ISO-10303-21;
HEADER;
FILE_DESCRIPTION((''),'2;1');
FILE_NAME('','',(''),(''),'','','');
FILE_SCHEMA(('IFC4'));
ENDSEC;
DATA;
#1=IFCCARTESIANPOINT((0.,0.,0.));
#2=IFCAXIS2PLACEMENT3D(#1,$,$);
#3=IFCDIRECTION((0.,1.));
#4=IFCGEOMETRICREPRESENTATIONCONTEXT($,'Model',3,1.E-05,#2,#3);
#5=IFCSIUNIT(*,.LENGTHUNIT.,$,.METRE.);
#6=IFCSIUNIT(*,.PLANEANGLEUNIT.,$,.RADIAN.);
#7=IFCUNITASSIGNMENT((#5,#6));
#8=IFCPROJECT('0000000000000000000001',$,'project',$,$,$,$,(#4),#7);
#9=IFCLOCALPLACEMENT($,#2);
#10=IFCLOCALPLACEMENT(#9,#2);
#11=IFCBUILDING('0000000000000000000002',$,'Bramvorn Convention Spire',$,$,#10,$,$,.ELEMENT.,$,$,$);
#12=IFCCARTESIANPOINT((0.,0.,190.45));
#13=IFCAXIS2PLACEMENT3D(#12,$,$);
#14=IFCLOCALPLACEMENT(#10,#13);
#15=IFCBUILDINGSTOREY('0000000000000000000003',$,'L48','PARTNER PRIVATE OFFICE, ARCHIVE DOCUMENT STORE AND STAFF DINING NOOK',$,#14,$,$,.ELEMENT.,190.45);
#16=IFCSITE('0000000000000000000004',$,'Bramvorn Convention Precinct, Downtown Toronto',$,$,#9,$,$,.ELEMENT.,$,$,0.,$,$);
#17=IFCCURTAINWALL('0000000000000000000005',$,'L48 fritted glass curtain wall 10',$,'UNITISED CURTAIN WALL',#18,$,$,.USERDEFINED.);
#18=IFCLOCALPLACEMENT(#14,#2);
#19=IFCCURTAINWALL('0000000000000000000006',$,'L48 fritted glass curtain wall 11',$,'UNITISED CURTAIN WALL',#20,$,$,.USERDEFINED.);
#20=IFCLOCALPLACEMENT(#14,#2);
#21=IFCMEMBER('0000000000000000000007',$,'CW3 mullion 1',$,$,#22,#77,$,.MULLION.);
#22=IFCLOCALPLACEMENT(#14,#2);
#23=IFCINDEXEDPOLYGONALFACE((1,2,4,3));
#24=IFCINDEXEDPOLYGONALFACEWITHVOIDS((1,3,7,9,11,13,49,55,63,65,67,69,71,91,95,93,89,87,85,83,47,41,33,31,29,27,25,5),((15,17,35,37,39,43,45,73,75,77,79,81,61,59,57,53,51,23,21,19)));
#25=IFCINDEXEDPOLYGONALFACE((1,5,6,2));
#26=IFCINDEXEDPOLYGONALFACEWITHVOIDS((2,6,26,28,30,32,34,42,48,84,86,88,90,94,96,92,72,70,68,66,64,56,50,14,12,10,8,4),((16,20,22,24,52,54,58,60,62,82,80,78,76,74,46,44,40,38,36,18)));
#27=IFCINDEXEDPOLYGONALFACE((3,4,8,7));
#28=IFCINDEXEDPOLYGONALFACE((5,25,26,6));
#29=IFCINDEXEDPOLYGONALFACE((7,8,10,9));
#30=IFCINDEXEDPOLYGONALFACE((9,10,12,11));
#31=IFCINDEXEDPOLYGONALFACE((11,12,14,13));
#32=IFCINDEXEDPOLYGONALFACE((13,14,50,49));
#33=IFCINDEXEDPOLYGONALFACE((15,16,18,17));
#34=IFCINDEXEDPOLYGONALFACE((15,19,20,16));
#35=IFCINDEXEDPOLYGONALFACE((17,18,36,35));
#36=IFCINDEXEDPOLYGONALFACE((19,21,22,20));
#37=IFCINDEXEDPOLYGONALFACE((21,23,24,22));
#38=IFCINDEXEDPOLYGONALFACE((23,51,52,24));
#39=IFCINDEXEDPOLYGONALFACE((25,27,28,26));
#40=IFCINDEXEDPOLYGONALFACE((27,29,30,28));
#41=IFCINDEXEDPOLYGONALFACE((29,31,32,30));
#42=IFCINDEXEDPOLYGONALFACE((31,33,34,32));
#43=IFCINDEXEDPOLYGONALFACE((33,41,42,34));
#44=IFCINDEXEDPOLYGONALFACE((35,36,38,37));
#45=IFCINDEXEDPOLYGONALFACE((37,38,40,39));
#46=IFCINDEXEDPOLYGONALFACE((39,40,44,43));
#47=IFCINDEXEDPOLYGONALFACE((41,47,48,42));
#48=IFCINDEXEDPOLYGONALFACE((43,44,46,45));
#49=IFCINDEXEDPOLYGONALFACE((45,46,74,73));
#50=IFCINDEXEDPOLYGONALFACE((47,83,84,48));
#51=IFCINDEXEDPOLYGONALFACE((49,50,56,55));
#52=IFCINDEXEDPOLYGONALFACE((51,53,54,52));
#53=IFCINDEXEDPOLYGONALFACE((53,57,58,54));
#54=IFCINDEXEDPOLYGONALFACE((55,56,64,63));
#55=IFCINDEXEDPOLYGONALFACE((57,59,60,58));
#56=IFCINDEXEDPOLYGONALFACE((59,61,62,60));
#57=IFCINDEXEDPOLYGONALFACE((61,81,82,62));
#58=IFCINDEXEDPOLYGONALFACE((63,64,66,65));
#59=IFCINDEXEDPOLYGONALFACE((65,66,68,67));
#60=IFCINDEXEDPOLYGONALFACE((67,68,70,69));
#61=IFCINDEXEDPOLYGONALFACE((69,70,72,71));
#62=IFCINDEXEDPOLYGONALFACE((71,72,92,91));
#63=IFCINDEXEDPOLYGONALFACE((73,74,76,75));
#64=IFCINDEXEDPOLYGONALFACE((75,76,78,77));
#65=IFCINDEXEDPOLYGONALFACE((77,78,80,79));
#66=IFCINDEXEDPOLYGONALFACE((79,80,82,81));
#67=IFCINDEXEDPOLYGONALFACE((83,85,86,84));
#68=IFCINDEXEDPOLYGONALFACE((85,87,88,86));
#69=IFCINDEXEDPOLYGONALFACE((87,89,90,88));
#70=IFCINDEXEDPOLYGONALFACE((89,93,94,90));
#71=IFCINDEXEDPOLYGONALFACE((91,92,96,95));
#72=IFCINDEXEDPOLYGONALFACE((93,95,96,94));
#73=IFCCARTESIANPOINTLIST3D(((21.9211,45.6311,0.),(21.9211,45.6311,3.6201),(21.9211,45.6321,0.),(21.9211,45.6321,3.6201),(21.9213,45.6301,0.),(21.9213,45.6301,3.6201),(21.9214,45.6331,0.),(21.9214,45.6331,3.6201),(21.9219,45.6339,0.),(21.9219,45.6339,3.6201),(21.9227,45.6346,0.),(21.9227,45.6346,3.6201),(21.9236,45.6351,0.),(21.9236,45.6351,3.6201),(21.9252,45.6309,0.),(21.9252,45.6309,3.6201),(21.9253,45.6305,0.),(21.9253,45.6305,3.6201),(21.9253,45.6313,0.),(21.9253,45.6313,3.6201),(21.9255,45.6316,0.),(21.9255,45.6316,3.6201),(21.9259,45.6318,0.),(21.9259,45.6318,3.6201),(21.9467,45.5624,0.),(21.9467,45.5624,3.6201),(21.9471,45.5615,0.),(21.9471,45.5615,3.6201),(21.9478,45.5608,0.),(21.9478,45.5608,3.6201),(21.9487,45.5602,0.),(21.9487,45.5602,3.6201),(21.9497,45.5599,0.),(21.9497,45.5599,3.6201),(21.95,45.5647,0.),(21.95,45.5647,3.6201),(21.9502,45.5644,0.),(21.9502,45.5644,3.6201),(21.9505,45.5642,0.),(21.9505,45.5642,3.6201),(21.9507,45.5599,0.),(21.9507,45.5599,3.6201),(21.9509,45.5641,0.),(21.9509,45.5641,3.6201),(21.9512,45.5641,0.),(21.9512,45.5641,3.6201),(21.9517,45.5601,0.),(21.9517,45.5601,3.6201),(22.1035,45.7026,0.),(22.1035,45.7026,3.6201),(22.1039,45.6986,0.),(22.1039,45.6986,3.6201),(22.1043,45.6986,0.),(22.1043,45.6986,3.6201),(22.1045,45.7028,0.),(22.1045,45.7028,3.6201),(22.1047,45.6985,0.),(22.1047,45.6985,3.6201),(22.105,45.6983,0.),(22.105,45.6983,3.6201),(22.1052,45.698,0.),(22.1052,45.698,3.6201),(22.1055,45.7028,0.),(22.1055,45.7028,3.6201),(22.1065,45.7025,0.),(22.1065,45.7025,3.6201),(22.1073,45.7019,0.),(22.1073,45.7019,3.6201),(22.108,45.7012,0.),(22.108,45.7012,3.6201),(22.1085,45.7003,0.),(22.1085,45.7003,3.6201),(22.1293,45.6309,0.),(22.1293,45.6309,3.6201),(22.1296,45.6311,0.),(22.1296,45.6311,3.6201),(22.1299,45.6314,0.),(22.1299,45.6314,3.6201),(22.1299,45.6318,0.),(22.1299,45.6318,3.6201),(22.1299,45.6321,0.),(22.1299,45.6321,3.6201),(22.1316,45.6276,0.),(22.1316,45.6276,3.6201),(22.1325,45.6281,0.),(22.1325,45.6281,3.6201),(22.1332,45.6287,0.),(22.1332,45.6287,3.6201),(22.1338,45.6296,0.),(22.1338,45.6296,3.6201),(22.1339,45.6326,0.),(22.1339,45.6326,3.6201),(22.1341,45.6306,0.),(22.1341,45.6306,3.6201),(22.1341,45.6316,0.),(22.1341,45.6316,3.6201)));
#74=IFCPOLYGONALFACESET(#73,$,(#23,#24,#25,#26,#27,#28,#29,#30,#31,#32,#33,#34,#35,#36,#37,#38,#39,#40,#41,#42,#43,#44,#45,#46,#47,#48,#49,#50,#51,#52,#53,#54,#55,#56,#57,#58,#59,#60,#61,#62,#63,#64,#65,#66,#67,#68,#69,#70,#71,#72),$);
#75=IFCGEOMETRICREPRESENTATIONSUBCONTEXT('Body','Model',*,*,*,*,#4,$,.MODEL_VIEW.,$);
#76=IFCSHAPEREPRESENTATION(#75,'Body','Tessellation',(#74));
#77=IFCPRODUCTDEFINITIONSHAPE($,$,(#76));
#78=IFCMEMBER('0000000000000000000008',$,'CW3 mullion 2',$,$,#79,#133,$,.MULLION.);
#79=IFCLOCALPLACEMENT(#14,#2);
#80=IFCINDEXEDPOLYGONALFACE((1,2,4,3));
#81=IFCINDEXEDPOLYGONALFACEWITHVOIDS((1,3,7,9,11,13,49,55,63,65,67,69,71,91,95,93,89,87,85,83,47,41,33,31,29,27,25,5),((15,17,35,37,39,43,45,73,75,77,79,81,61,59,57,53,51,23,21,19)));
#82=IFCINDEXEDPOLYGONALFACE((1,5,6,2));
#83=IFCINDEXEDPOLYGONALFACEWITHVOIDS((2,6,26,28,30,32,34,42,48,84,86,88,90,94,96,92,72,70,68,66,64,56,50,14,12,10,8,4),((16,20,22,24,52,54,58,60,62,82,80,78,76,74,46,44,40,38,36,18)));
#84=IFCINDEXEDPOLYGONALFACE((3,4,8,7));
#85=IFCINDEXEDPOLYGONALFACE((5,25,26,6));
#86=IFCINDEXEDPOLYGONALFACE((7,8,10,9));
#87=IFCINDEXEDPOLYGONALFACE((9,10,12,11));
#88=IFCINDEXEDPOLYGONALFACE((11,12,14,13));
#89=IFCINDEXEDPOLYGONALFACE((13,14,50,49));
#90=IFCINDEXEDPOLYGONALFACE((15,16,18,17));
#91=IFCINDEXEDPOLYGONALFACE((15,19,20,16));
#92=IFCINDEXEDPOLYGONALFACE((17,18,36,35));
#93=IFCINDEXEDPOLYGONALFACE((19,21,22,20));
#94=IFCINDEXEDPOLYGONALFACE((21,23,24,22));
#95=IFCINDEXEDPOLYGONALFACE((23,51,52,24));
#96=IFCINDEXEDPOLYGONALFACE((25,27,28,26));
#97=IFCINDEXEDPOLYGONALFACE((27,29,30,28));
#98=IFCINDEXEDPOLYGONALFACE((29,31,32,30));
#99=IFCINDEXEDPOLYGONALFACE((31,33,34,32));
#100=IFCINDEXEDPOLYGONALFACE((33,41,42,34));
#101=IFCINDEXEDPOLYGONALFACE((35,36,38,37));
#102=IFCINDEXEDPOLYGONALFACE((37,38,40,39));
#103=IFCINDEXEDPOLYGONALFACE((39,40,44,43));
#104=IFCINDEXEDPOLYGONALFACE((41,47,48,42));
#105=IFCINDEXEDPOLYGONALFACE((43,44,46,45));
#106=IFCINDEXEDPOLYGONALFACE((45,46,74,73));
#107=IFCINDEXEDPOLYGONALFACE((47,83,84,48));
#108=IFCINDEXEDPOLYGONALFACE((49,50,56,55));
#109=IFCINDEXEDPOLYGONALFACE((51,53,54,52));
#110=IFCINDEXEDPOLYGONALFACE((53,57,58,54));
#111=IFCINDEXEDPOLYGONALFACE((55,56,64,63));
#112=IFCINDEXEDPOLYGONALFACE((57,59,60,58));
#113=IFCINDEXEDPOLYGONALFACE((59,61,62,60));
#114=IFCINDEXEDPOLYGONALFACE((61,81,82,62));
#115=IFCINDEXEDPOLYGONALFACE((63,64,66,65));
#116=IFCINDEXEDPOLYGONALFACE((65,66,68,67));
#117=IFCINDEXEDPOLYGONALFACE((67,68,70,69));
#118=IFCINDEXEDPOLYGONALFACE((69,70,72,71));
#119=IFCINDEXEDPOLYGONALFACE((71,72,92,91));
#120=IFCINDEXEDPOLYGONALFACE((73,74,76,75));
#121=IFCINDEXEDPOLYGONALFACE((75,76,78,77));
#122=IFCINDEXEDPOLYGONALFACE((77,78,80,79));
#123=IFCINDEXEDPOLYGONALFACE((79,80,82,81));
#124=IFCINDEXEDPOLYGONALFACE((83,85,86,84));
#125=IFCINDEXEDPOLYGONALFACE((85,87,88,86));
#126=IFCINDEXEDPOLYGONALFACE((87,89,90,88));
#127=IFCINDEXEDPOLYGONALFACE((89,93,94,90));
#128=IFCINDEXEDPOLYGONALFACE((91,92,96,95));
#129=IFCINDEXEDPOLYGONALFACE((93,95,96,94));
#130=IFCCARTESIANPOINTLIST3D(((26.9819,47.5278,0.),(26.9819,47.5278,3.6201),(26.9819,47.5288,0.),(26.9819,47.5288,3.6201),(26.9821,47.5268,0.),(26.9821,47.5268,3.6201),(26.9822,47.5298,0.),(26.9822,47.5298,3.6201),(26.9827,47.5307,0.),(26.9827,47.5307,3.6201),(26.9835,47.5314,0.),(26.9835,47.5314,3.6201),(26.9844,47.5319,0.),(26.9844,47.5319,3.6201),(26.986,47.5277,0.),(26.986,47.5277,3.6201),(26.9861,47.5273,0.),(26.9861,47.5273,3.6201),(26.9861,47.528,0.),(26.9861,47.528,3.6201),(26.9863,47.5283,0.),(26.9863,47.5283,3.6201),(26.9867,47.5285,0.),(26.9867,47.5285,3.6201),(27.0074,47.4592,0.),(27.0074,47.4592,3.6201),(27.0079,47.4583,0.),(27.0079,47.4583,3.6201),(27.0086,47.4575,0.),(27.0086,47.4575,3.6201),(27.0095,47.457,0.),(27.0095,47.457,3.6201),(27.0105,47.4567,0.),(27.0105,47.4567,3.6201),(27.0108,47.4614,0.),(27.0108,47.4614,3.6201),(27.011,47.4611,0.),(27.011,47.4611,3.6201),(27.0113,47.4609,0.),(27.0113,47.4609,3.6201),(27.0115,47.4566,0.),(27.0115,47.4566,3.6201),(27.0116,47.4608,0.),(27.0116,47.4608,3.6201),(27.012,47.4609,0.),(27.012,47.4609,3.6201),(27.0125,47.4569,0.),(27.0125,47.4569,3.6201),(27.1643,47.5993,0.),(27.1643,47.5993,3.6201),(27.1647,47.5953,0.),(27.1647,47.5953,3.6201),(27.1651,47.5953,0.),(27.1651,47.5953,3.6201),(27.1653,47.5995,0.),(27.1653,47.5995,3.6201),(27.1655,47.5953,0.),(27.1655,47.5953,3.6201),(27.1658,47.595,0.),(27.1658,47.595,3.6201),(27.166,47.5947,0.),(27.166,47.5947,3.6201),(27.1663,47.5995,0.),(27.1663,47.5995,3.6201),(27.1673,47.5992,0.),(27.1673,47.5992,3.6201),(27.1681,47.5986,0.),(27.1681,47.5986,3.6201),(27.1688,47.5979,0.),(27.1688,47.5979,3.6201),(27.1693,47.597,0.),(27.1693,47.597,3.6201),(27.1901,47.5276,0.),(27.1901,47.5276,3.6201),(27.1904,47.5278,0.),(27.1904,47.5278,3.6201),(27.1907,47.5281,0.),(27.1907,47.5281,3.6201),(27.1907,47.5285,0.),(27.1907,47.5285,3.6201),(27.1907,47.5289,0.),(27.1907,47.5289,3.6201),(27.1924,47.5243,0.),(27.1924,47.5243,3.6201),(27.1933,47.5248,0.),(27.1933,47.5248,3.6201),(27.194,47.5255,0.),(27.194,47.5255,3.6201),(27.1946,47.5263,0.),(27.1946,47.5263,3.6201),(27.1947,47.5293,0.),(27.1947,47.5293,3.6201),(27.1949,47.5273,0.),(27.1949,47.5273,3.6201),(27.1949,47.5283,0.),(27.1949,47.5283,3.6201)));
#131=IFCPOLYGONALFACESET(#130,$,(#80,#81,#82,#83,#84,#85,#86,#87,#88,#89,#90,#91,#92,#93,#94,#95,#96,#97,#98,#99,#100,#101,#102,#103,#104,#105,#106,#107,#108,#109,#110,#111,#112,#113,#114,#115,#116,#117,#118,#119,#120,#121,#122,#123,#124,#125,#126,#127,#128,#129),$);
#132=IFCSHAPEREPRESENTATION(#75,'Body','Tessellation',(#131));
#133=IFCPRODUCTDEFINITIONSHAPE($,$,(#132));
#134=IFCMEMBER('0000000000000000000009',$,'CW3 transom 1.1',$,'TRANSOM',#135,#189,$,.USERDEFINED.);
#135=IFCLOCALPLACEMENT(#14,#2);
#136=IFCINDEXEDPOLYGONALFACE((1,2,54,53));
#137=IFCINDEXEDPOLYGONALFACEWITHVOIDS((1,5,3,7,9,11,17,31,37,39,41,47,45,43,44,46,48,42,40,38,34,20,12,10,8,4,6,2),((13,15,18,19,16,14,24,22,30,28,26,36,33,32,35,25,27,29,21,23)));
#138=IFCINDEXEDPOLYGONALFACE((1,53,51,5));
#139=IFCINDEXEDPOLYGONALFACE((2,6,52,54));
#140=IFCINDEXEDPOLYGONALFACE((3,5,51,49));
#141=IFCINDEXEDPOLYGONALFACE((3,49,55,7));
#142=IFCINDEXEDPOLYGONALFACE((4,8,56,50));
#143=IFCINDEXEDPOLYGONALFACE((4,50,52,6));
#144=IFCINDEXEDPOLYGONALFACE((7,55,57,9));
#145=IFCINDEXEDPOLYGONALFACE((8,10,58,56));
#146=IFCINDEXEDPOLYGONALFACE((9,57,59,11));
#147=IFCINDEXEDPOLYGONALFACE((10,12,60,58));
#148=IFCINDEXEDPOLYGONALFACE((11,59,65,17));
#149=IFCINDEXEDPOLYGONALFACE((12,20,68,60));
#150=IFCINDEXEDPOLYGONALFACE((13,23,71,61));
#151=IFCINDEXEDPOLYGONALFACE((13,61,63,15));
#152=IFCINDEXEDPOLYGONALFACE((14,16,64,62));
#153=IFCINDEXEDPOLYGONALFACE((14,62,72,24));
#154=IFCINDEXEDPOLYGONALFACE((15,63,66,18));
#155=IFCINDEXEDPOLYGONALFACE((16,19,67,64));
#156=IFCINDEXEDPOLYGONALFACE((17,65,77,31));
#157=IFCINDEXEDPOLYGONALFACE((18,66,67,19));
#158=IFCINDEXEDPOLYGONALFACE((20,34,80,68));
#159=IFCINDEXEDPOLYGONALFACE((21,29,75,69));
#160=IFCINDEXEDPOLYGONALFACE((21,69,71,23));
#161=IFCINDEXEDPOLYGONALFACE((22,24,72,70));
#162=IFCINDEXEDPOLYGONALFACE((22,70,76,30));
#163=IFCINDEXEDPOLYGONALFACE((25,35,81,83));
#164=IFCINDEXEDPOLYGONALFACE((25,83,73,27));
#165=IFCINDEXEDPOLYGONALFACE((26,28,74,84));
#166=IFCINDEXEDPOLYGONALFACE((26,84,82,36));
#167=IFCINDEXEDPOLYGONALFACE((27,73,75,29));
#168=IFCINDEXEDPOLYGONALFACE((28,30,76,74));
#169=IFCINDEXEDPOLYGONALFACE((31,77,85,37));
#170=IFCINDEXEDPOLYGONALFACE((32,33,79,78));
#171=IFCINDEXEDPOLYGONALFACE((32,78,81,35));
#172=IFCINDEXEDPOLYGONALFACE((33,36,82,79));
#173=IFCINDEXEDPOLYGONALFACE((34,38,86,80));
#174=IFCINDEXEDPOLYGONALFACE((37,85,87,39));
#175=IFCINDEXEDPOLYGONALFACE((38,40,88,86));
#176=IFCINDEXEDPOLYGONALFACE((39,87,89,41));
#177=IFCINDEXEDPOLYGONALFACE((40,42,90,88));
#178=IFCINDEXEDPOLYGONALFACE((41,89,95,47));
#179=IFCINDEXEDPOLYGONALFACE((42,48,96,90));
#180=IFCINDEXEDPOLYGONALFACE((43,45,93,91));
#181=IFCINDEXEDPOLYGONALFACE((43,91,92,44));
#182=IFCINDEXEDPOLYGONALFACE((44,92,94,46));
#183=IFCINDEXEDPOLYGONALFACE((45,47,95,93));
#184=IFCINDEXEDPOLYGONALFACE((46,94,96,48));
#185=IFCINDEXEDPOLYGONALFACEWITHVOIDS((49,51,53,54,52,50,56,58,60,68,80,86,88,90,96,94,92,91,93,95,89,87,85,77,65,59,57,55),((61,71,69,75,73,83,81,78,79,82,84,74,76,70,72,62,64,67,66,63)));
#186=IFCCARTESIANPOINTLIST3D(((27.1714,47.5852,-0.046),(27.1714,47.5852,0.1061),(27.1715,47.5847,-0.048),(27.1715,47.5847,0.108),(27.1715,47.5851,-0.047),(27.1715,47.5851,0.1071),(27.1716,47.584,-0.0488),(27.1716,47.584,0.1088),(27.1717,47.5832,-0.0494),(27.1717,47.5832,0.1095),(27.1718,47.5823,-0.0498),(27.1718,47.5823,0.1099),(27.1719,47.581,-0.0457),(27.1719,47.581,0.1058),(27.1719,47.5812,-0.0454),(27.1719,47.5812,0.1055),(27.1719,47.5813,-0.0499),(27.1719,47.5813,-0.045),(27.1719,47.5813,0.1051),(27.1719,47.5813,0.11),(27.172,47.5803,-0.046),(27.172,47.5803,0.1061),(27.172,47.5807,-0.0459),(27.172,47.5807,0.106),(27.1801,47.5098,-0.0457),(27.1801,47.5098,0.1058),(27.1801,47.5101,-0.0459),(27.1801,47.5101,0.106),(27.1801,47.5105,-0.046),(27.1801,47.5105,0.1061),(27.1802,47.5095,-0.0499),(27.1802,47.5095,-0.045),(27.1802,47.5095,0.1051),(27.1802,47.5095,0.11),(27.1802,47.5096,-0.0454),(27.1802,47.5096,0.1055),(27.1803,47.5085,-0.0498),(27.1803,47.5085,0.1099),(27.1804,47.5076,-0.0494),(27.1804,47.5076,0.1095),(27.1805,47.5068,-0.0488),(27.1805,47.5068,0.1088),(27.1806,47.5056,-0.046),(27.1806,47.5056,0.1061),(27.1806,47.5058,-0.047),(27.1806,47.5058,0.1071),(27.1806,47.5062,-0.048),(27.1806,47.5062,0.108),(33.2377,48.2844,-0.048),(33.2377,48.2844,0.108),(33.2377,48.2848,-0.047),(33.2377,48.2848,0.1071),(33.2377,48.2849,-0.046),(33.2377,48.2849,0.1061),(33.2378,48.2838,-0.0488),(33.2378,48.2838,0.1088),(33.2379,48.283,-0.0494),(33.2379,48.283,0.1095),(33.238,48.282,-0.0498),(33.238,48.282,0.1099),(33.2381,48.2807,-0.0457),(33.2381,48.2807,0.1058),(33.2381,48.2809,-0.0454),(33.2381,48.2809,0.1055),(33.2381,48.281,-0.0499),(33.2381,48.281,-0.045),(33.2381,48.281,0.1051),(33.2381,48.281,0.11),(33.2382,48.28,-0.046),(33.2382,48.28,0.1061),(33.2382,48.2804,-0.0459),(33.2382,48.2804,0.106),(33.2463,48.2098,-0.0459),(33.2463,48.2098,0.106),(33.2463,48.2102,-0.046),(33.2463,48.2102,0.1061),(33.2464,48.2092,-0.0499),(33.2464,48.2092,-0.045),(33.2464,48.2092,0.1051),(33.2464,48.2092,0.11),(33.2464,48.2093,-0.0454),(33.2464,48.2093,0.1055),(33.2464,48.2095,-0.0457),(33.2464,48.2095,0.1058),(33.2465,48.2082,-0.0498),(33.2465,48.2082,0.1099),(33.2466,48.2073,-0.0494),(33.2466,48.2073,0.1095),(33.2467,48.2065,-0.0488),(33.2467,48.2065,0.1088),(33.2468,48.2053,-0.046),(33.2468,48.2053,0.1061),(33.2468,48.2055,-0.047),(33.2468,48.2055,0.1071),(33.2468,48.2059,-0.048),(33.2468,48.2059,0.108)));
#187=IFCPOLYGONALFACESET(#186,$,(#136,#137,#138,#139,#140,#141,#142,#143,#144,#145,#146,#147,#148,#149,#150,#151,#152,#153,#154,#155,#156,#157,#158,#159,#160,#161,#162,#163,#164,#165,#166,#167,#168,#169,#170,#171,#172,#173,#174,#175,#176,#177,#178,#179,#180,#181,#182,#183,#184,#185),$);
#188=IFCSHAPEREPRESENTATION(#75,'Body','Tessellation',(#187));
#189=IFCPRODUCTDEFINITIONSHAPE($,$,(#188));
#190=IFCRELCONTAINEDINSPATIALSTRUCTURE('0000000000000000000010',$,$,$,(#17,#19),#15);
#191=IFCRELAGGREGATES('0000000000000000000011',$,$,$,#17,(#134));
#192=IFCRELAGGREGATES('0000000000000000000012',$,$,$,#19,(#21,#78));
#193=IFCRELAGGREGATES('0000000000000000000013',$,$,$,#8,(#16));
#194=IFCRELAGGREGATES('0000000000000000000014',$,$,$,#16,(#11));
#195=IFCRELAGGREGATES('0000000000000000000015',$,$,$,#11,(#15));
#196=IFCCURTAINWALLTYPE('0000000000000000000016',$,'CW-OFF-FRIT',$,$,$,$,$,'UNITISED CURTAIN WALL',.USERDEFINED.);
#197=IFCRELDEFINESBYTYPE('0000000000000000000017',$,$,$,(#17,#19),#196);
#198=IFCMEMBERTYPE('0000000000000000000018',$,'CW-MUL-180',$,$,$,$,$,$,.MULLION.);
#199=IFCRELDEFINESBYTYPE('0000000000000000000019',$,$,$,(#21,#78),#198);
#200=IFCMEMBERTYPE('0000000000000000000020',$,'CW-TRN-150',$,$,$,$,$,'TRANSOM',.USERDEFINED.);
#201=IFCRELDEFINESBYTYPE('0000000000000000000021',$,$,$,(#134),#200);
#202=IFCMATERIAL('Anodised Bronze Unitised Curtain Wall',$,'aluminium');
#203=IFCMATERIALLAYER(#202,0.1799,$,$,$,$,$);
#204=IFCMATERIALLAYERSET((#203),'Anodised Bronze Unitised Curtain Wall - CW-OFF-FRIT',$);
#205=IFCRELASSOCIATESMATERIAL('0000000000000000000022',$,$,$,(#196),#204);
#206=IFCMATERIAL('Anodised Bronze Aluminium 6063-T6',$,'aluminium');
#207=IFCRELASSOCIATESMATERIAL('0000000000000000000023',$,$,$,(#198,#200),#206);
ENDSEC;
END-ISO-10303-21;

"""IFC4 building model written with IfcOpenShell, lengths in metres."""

from ifc_helpers import new_model, si_unit, direction, frame, origin, origin_2d, place, context, subcontext, project, spatial, hollow_rectangle, extrude, material, layer, layer_set, material_profile, profile_set, type_object, element, aggregate, save


model = new_model("IFC4")

# Units and contexts
model_context = context("Model", 3, precision=1e-05, world=origin(), true_north=direction((0.0, 1.0)))
body_context = subcontext(model_context, "Body", "Model", "MODEL_VIEW")
ifc_project = project(units=[si_unit("LENGTHUNIT", "METRE"), si_unit("PLANEANGLEUNIT", "RADIAN")], contexts=[model_context])

# Site, building, storey
site_placement = place(None, origin())
site = spatial("IfcSite", under=ifc_project, at=site_placement, Name="Bramvorn Convention Precinct, Downtown Toronto", CompositionType="ELEMENT", RefElevation=0.0)
building_placement = place(site_placement, origin())
building = spatial("IfcBuilding", under=site, at=building_placement, Name="Bramvorn Convention Spire", CompositionType="ELEMENT")
storey_placement = place(building_placement, frame((0.0, 0.0, 190.45)))
storey = spatial("IfcBuildingStorey", under=building, at=storey_placement, Name="L48", Description="PARTNER PRIVATE OFFICE, ARCHIVE DOCUMENT STORE AND STAFF DINING NOOK", CompositionType="ELEMENT", Elevation=190.45)

# Curtain walls, members
ifc_material_1 = material(Name="Anodised Bronze Unitised Curtain Wall", Category="aluminium")
ifc_layer_1 = layer(ifc_material_1, 0.1799)
ifc_layer_set_1 = layer_set([ifc_layer_1], Name="Anodised Bronze Unitised Curtain Wall - CW-OFF-FRIT")
curtain_wall_type = type_object("IfcCurtainWallType", Name="CW-OFF-FRIT", ElementType="UNITISED CURTAIN WALL", PredefinedType="USERDEFINED", material=ifc_layer_set_1)
curtain_wall_1_placement = place(storey_placement, origin())
curtain_wall_1 = element("IfcCurtainWall", 1, at=curtain_wall_1_placement, inside=storey, type_object=curtain_wall_type, Name="L48 fritted glass curtain wall 10", ObjectType="UNITISED CURTAIN WALL", PredefinedType="USERDEFINED")
ifc_material_2 = material(Name="Anodised Bronze Aluminium 6063-T6", Category="aluminium")
ifc_material_profile_1 = material_profile(ifc_material_2, hollow_rectangle(XDim=0.0801, YDim=0.2, WallThickness=0.0039, InnerFilletRadius=0.001, OuterFilletRadius=0.0039, at=origin_2d()))
ifc_profile_set_1 = profile_set([ifc_material_profile_1], Name="Anodised Bronze Aluminium 6063-T6 - CWM80X200")
member_type_1 = type_object("IfcMemberType", Name="CW-MUL-180", PredefinedType="MULLION", material=ifc_profile_set_1)
curtain_wall_2_placement = place(storey_placement, origin())
curtain_wall_2 = element("IfcCurtainWall", 2, at=curtain_wall_2_placement, inside=storey, type_object=curtain_wall_type, Name="L48 fritted glass curtain wall 11", ObjectType="UNITISED CURTAIN WALL", PredefinedType="USERDEFINED")
member_1_placement = place(storey_placement, frame((22.0276, 45.6313, 0.0), z_axis=(0.0, 0.0, 1.0), x_axis=(-0.350973, 0.936386, 0.0)))
member_1 = element("IfcMember", 3, at=member_1_placement, type_object=member_type_1, Name="CW3 mullion 1", PredefinedType="MULLION", context=body_context, shape_type="SweptSolid", body=[
    extrude(hollow_rectangle(XDim=0.0801, YDim=0.2, WallThickness=0.0039, InnerFilletRadius=0.001, OuterFilletRadius=0.0039, at=origin_2d()), origin(), (0.0, 0.0, 1.0), 3.6201),
])
member_2_placement = place(storey_placement, frame((27.0884, 47.5281, 0.0), z_axis=(0.0, 0.0, 1.0), x_axis=(-0.350973, 0.936386, 0.0)))
member_2 = element("IfcMember", 4, at=member_2_placement, type_object=member_type_1, Name="CW3 mullion 2", PredefinedType="MULLION", context=body_context, shape_type="SweptSolid", body=[
    extrude(hollow_rectangle(XDim=0.0801, YDim=0.2, WallThickness=0.0039, InnerFilletRadius=0.001, OuterFilletRadius=0.0039, at=origin_2d()), origin(), (0.0, 0.0, 1.0), 3.6201),
])

# Member
ifc_material_profile_2 = material_profile(ifc_material_2, hollow_rectangle(XDim=0.0801, YDim=0.1599, WallThickness=0.0039, InnerFilletRadius=0.001, OuterFilletRadius=0.0039, at=origin_2d()))
ifc_profile_set_2 = profile_set([ifc_material_profile_2], Name="Anodised Bronze Aluminium 6063-T6 - CWT80X160")
member_type_2 = type_object("IfcMemberType", Name="CW-TRN-150", ElementType="TRANSOM", PredefinedType="USERDEFINED", material=ifc_profile_set_2)
member_3_placement = place(storey_placement, frame((27.176, 47.5454, 0.03), z_axis=(0.993413, 0.114586, 0.0), x_axis=(-0.114586, 0.993413, 0.0)))
member_3 = element("IfcMember", 5, at=member_3_placement, type_object=member_type_2, Name="CW3 transom 1.1", ObjectType="TRANSOM", PredefinedType="USERDEFINED", context=body_context, shape_type="SweptSolid", body=[
    extrude(hollow_rectangle(XDim=0.0801, YDim=0.1599, WallThickness=0.0039, InnerFilletRadius=0.001, OuterFilletRadius=0.0039, at=origin_2d()), origin(), (0.0, 0.0, 1.0), 6.1064),
])

aggregate(curtain_wall_1, [member_3])
aggregate(curtain_wall_2, [member_1, member_2])

save(model, "model.ifc")
